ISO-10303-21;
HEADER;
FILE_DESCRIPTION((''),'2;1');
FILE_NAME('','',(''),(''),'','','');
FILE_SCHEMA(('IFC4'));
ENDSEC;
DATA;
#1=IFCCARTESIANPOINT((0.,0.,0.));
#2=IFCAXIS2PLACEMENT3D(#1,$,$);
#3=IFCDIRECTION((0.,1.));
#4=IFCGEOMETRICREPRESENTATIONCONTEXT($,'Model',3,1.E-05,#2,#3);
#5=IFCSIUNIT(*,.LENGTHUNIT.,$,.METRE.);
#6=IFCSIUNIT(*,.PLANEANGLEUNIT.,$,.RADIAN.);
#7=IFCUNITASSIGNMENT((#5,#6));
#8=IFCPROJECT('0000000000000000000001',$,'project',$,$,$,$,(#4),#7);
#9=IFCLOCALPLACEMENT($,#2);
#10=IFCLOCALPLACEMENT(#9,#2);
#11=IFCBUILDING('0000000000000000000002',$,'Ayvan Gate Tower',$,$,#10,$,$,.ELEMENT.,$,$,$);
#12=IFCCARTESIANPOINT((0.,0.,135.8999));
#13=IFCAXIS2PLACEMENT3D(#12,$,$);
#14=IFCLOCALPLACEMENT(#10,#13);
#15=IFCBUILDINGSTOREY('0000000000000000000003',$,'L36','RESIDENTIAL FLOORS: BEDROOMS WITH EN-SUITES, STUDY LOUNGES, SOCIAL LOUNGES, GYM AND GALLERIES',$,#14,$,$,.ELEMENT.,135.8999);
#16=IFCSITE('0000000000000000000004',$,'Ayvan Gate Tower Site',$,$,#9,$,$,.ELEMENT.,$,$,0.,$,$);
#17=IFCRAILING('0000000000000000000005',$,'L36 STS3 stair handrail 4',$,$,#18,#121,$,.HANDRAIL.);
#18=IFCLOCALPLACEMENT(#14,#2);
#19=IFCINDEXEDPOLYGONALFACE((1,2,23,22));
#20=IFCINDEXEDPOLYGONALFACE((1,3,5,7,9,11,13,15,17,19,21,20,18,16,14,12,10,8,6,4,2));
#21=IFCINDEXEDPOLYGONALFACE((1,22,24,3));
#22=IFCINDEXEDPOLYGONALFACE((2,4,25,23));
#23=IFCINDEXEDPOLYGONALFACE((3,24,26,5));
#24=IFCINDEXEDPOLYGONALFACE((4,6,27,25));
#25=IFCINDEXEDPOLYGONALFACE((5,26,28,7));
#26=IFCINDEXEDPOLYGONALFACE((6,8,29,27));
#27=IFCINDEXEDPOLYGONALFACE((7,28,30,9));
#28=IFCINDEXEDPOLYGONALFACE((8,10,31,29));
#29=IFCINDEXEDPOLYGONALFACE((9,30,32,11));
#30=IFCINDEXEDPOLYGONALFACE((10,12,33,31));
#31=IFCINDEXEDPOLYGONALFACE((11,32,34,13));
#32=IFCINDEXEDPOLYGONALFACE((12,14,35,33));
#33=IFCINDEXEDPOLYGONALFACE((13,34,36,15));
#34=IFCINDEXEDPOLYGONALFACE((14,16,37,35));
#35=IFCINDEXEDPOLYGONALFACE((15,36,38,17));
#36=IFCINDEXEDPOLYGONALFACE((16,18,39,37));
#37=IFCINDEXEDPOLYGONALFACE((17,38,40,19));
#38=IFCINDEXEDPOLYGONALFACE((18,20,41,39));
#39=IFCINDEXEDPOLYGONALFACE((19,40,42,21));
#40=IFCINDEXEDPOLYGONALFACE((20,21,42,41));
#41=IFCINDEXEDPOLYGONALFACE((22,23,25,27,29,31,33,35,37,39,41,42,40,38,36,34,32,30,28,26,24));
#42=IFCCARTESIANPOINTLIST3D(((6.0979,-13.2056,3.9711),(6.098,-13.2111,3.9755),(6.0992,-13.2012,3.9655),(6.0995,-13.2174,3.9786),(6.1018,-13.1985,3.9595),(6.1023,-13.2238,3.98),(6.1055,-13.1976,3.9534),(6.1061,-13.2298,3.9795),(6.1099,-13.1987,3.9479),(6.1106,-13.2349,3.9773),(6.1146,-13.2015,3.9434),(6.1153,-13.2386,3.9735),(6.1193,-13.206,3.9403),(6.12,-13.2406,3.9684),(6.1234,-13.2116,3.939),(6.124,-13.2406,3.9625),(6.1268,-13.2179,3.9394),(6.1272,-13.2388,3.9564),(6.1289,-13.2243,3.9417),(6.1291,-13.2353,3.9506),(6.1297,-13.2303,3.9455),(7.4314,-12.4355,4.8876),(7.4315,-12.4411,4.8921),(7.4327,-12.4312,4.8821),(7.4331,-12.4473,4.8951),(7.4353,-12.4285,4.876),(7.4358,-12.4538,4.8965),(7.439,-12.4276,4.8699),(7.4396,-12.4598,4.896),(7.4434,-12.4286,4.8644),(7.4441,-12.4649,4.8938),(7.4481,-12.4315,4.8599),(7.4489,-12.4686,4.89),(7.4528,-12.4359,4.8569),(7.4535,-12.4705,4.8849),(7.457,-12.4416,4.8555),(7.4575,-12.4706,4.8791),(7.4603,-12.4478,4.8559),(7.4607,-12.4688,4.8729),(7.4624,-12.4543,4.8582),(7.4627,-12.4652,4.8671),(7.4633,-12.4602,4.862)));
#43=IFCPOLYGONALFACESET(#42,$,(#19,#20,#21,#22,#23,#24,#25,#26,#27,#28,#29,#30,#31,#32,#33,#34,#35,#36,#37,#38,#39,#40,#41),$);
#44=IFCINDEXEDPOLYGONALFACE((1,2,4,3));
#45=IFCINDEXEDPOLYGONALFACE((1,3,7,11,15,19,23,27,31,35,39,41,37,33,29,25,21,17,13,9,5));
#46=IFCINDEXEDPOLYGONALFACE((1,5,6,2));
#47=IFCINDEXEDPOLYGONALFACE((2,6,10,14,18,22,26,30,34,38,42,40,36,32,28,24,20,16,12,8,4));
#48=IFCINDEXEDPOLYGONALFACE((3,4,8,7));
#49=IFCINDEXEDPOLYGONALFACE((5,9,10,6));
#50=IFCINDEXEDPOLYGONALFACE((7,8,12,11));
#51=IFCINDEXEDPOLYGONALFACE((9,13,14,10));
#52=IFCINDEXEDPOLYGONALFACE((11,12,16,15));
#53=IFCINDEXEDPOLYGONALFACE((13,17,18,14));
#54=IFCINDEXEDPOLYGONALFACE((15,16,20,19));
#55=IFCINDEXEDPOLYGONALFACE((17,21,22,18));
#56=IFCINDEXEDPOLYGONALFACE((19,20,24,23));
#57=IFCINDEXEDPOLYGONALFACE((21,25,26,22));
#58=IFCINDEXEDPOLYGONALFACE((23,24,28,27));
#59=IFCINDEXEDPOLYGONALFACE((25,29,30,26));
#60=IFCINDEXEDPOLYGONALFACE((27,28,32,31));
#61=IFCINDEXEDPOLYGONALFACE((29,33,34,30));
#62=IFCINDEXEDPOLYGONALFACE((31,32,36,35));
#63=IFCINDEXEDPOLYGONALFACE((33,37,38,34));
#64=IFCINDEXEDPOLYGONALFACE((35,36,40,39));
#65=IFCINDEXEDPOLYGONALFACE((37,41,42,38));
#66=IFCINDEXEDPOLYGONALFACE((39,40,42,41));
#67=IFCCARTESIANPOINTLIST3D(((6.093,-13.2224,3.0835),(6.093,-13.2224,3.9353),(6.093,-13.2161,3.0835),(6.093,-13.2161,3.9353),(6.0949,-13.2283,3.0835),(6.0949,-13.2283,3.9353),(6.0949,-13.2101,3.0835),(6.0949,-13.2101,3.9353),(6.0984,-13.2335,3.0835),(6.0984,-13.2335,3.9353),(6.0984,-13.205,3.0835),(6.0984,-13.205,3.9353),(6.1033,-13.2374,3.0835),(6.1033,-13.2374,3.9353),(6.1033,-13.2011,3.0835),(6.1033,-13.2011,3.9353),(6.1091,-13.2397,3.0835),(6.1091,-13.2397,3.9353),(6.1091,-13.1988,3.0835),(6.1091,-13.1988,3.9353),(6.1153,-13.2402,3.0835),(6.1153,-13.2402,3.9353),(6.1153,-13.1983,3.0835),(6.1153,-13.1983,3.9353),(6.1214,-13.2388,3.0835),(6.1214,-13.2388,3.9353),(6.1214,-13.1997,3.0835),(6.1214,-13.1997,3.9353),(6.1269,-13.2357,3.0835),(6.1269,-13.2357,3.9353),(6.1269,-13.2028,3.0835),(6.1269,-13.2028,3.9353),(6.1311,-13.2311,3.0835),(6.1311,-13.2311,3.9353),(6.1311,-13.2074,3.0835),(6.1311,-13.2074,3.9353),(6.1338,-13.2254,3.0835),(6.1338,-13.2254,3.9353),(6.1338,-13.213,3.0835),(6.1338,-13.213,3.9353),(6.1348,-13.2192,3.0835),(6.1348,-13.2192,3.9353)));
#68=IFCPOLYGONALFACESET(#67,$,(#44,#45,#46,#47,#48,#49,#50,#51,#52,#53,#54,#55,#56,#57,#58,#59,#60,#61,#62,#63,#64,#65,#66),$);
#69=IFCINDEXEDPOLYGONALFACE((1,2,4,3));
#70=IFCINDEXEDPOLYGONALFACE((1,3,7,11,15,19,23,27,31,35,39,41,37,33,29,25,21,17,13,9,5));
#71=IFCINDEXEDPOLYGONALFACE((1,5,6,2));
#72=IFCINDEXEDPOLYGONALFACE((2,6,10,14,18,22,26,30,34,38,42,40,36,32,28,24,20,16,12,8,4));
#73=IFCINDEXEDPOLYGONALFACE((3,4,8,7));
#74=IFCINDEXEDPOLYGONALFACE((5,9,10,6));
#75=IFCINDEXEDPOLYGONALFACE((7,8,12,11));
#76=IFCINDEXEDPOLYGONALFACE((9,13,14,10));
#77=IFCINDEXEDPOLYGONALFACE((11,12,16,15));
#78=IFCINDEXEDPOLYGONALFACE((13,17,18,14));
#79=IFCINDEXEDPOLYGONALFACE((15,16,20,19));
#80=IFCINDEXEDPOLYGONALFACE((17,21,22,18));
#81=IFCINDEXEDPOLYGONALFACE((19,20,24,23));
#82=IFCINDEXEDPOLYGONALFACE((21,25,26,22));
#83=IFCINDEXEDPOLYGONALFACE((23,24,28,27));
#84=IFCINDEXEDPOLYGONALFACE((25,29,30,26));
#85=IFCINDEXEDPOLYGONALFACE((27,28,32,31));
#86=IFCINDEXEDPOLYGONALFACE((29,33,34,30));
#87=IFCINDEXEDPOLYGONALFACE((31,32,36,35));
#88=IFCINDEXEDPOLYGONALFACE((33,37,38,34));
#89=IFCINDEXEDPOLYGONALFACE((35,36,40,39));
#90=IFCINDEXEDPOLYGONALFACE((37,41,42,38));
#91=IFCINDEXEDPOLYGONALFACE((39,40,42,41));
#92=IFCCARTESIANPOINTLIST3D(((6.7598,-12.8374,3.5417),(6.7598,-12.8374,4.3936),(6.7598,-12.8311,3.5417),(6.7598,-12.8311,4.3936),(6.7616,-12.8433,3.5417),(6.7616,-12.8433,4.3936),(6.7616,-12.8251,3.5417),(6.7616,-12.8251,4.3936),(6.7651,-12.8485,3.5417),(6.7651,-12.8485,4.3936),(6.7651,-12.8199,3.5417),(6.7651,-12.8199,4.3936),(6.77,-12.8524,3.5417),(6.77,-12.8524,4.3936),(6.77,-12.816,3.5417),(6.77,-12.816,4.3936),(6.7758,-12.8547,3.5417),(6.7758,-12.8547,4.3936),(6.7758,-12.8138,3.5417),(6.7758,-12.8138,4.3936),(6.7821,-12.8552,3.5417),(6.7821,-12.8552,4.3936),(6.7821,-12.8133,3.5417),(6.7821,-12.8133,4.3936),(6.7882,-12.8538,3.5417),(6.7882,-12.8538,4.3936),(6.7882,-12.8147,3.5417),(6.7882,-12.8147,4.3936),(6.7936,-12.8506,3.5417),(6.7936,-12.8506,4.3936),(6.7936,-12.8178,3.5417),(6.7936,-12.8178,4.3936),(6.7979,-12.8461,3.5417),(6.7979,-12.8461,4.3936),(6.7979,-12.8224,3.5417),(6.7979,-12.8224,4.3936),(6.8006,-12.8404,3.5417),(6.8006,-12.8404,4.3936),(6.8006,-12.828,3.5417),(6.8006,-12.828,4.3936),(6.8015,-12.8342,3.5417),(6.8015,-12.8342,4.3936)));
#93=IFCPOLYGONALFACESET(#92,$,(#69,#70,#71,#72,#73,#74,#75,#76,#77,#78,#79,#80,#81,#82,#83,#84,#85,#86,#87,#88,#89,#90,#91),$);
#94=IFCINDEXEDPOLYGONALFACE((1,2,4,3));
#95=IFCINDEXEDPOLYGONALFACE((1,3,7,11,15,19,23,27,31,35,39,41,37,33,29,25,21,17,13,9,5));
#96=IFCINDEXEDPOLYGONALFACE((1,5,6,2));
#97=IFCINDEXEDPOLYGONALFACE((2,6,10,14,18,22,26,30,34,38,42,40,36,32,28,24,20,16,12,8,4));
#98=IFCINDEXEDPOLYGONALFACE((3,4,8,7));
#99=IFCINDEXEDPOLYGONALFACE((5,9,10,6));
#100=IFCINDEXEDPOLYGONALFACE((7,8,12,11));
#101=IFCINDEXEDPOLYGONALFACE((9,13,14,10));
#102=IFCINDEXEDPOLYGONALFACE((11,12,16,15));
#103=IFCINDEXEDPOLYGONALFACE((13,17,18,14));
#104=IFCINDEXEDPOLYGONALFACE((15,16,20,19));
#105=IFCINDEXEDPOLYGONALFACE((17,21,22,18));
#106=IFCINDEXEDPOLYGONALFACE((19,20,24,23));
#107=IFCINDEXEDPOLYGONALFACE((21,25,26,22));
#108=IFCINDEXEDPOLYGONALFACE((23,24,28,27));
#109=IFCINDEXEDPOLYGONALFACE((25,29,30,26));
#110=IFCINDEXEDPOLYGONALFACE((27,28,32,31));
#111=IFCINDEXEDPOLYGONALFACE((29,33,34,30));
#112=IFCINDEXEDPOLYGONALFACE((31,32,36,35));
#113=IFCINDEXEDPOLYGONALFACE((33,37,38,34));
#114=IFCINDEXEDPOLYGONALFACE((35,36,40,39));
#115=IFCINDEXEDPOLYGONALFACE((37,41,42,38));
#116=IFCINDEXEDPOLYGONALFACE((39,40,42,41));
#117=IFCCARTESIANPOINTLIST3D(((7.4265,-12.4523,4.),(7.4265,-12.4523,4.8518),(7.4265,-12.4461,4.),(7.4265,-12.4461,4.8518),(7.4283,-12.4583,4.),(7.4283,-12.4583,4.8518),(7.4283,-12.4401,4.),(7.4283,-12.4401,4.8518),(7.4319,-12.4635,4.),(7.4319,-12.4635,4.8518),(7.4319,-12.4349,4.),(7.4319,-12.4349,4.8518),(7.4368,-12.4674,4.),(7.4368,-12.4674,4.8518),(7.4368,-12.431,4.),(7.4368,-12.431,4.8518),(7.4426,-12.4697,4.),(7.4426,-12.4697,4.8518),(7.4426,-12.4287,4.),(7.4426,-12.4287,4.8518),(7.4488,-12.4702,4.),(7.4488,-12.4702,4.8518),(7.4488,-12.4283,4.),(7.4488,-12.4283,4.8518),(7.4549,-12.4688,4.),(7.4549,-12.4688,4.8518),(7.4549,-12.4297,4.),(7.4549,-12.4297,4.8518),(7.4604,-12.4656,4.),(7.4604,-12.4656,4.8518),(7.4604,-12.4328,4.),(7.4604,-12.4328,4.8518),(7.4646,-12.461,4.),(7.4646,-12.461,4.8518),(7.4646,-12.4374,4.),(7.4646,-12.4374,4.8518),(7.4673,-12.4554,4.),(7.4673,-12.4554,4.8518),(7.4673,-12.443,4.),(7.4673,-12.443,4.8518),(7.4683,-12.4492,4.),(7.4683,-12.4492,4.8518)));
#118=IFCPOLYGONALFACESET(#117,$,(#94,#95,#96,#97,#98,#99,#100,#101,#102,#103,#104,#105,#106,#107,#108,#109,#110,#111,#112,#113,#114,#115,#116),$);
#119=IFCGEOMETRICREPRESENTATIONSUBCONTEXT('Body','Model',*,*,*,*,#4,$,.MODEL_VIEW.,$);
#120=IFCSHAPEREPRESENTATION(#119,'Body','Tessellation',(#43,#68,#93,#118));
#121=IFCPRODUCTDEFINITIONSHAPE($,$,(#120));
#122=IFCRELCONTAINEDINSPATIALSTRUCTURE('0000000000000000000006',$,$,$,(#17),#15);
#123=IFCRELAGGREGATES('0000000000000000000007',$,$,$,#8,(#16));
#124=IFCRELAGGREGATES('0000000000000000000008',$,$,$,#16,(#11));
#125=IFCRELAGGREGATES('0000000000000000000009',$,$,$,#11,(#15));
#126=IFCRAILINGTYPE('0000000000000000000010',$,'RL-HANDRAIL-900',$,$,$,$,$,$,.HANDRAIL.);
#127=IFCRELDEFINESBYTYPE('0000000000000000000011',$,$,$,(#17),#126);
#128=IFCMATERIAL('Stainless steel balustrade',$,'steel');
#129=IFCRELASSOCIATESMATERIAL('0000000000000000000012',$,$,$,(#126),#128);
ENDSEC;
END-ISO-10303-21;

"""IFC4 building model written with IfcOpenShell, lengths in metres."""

from ifc_helpers import new_model, si_unit, direction, frame, origin, origin_2d, place, context, subcontext, project, spatial, circle, extrude, material, type_object, element, save


model = new_model("IFC4")

# Units and contexts
model_context = context("Model", 3, precision=1e-05, world=origin(), true_north=direction((0.0, 1.0)))
body_context = subcontext(model_context, "Body", "Model", "MODEL_VIEW")
ifc_project = project(units=[si_unit("LENGTHUNIT", "METRE"), si_unit("PLANEANGLEUNIT", "RADIAN")], contexts=[model_context])

# Site, building, storey
site_placement = place(None, origin())
site = spatial("IfcSite", under=ifc_project, at=site_placement, Name="Ayvan Gate Tower Site", CompositionType="ELEMENT", RefElevation=0.0)
building_placement = place(site_placement, origin())
building = spatial("IfcBuilding", under=site, at=building_placement, Name="Ayvan Gate Tower", CompositionType="ELEMENT")
storey_placement = place(building_placement, frame((0.0, 0.0, 135.8999)))
storey = spatial("IfcBuildingStorey", under=building, at=storey_placement, Name="L36", Description="RESIDENTIAL FLOORS: BEDROOMS WITH EN-SUITES, STUDY LOUNGES, SOCIAL LOUNGES, GYM AND GALLERIES", CompositionType="ELEMENT", Elevation=135.8999)

# Railing
ifc_material_1 = material(Name="Stainless steel balustrade", Category="steel")
railing_type_1 = type_object("IfcRailingType", Name="RL-HANDRAIL-900", PredefinedType="HANDRAIL", material=ifc_material_1)
railing_1_placement = place(storey_placement, frame((6.1138, -13.2192, 3.0835)))
element("IfcRailing", 1, at=railing_1_placement, inside=storey, type_object=railing_type_1, Name="L36 STS3 stair handrail 4", PredefinedType="HANDRAIL", context=body_context, shape_type="SweptSolid", body=[
    extrude(circle(Radius=0.0239, at=origin_2d()), frame((0.0, 0.0, 0.876), z_axis=(0.744155, 0.429708, 0.511453), x_axis=(-0.500061, 0.86599, 0.0)), (0.0, 0.0, 1.0), 1.792),
    extrude(circle(Radius=0.021, at=origin_2d()), origin(), (0.0, 0.0, 1.0), 0.8518),
    extrude(circle(Radius=0.021, at=origin_2d()), frame((0.6667, 0.385, 0.4583)), (0.0, 0.0, 1.0), 0.8518),
    extrude(circle(Radius=0.021, at=origin_2d()), frame((1.3335, 0.77, 0.9165)), (0.0, 0.0, 1.0), 0.8518),
])

save(model, "model.ifc")
